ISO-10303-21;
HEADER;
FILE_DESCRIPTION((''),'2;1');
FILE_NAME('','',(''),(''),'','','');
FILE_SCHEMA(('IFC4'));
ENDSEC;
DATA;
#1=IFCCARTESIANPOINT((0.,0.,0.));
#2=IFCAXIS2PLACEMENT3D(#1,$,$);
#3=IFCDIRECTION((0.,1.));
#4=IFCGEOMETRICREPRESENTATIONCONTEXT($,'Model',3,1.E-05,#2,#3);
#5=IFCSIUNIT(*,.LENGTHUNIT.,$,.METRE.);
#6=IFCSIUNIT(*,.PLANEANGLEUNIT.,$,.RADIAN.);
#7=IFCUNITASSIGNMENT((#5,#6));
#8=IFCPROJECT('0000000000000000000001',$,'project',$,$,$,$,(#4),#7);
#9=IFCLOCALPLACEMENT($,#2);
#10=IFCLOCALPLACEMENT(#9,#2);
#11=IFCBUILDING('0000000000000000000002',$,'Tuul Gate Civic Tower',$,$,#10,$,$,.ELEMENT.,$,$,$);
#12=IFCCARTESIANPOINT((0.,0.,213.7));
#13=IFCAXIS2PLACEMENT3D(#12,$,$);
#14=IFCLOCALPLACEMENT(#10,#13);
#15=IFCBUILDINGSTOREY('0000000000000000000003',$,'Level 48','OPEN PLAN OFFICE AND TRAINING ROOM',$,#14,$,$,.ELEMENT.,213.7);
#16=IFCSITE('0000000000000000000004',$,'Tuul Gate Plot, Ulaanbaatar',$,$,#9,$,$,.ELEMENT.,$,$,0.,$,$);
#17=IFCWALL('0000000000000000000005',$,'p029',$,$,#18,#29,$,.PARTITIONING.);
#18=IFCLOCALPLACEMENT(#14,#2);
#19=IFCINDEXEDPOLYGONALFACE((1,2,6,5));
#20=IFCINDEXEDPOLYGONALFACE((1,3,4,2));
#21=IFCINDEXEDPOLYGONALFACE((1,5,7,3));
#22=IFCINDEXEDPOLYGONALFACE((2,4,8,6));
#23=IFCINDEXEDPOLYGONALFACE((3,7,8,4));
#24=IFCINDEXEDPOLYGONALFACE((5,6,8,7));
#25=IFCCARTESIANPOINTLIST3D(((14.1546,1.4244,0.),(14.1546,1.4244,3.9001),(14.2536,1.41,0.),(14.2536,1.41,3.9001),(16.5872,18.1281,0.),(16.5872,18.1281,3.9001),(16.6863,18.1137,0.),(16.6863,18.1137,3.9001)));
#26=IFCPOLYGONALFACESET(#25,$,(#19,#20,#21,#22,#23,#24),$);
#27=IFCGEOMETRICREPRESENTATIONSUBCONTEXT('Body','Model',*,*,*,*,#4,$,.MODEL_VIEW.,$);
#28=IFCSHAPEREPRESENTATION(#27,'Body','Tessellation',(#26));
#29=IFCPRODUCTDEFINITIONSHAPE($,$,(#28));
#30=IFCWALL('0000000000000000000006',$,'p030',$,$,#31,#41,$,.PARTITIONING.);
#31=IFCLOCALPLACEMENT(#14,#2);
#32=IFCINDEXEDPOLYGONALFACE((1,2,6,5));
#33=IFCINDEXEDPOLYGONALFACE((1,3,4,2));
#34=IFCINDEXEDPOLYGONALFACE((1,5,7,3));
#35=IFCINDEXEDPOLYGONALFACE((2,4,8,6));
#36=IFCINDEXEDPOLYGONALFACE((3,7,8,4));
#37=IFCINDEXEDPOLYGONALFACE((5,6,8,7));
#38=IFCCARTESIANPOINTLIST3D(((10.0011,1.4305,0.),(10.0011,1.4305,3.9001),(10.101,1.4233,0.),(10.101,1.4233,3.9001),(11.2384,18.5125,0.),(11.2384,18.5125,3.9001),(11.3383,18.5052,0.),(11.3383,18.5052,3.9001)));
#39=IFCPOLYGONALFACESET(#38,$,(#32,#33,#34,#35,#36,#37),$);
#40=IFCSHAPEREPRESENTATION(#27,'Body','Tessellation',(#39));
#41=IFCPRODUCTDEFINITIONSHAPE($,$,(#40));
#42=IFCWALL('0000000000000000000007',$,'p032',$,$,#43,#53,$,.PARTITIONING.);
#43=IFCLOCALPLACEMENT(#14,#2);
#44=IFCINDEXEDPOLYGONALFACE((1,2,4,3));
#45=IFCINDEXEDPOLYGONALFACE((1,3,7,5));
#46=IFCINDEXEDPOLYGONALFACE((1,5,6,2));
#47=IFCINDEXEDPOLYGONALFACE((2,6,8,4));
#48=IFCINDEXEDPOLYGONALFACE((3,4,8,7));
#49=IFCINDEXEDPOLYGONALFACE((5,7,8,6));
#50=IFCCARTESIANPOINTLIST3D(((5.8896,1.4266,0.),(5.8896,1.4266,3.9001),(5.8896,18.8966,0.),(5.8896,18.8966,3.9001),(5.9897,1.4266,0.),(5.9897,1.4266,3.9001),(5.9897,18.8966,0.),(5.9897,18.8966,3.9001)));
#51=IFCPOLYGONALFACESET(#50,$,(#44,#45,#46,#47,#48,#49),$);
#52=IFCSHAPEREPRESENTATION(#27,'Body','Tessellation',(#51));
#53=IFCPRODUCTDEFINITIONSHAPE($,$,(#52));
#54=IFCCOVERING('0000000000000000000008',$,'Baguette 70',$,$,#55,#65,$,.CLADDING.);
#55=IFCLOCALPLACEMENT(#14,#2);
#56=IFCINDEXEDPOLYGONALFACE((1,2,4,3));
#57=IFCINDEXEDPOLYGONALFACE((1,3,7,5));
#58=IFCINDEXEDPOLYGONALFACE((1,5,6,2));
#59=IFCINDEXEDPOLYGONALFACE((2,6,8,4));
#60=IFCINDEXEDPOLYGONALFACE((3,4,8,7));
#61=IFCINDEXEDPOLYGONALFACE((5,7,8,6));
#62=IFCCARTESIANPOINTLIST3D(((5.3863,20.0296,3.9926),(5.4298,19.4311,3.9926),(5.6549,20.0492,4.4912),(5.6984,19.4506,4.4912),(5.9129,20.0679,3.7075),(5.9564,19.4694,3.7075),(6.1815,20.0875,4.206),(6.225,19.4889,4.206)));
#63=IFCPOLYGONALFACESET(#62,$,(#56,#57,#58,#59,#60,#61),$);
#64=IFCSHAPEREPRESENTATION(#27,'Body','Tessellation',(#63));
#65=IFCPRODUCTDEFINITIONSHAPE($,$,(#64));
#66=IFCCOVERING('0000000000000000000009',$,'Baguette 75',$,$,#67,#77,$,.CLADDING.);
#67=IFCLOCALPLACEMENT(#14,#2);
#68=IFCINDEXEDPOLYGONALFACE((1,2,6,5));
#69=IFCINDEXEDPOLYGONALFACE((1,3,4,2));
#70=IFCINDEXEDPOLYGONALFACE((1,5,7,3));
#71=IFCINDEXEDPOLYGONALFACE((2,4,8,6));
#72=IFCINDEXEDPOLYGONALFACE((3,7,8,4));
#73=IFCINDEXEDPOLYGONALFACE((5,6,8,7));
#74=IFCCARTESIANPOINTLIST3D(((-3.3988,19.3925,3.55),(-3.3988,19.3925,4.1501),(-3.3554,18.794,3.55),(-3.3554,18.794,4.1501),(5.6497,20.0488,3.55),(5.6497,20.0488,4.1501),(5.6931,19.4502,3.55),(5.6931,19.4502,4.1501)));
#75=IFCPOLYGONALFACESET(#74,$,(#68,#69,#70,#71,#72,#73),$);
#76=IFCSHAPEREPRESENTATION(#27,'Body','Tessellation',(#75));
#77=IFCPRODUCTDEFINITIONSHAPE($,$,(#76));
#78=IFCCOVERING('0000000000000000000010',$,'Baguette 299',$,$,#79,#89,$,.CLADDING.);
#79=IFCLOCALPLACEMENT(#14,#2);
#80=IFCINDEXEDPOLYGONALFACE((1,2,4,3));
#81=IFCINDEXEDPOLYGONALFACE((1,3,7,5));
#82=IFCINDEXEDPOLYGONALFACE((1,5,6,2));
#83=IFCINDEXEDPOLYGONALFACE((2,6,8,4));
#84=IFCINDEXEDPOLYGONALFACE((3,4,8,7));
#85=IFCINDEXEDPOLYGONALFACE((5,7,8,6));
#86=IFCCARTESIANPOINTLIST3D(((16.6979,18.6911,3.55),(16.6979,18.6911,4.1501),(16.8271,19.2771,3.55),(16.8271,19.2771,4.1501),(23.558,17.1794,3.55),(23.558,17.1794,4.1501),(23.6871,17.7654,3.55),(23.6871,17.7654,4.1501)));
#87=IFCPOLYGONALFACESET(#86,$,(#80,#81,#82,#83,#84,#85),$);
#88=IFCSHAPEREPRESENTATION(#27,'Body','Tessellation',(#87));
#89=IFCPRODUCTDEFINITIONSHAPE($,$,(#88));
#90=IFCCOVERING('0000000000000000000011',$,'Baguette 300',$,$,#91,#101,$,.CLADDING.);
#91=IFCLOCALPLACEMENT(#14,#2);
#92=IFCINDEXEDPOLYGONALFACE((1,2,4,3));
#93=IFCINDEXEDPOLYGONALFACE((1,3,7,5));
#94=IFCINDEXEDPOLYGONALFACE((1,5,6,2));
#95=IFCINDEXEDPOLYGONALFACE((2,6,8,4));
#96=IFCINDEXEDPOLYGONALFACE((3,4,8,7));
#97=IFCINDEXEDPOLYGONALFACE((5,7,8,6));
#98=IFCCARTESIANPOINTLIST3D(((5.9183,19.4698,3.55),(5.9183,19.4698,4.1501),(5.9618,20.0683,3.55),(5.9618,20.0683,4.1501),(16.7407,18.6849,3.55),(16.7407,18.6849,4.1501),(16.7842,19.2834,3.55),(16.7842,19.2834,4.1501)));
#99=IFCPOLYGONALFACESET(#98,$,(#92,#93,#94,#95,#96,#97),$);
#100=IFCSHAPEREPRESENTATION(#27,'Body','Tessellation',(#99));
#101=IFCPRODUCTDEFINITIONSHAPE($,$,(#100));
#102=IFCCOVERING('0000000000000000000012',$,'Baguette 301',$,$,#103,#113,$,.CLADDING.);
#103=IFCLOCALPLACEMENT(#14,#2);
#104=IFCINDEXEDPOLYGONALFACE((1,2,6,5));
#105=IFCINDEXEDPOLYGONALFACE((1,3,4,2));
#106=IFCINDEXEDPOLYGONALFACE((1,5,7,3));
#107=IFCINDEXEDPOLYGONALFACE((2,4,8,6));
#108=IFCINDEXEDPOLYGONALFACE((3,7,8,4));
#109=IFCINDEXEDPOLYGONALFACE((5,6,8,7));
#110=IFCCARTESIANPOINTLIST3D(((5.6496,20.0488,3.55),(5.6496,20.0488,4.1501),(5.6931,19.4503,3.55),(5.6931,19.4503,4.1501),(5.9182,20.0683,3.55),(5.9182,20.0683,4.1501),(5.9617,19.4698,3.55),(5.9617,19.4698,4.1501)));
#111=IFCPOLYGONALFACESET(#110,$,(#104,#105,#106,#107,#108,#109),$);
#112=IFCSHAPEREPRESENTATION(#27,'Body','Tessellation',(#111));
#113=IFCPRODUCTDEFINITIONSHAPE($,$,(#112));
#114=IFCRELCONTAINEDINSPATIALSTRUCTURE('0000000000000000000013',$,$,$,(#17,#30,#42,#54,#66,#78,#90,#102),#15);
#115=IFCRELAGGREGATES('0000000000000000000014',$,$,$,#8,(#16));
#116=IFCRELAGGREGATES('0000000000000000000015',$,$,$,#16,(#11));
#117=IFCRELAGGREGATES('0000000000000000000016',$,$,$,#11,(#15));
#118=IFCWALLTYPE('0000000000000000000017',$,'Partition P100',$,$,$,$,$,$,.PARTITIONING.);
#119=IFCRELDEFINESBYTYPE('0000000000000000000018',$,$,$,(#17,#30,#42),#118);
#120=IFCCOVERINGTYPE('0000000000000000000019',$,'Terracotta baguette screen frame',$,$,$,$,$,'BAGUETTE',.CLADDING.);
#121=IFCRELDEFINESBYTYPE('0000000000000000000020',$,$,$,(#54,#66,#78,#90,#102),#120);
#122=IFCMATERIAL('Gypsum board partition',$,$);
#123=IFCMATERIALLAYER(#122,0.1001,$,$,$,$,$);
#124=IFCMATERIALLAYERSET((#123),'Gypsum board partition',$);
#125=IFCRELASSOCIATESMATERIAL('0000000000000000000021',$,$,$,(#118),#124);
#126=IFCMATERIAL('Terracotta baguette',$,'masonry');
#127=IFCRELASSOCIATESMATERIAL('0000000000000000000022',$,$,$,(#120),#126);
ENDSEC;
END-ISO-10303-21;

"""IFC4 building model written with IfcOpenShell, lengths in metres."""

from ifc_helpers import new_model, si_unit, direction, frame, frame_2d, origin, origin_2d, place, context, subcontext, project, spatial, rectangle, extrude, material, layer, layer_set, material_profile, profile_set, type_object, element, save


model = new_model("IFC4")

# Units and contexts
model_context = context("Model", 3, precision=1e-05, world=origin(), true_north=direction((0.0, 1.0)))
body_context = subcontext(model_context, "Body", "Model", "MODEL_VIEW")
ifc_project = project(units=[si_unit("LENGTHUNIT", "METRE"), si_unit("PLANEANGLEUNIT", "RADIAN")], contexts=[model_context])

# Site, building, storey
site_placement = place(None, origin())
site = spatial("IfcSite", under=ifc_project, at=site_placement, Name="Tuul Gate Plot, Ulaanbaatar", CompositionType="ELEMENT", RefElevation=0.0)
building_placement = place(site_placement, origin())
building = spatial("IfcBuilding", under=site, at=building_placement, Name="Tuul Gate Civic Tower", CompositionType="ELEMENT")
storey_placement = place(building_placement, frame((0.0, 0.0, 213.7)))
storey = spatial("IfcBuildingStorey", under=building, at=storey_placement, Name="Level 48", Description="OPEN PLAN OFFICE AND TRAINING ROOM", CompositionType="ELEMENT", Elevation=213.7)

# Walls
ifc_material_1 = material(Name="Gypsum board partition")
ifc_layer_1 = layer(ifc_material_1, 0.1001)
ifc_layer_set_1 = layer_set([ifc_layer_1], Name="Gypsum board partition")
wall_type_1 = type_object("IfcWallType", Name="Partition P100", PredefinedType="PARTITIONING", material=ifc_layer_set_1)
wall_1_placement = place(storey_placement, frame((14.2041, 1.4172, 0.0), z_axis=(0.0, 0.0, 1.0), x_axis=(0.144114, 0.989561, 0.0)))
element("IfcWall", 1, at=wall_1_placement, inside=storey, type_object=wall_type_1, Name="p029", PredefinedType="PARTITIONING", context=body_context, shape_type="SweptSolid", body=[
    extrude(rectangle(XDim=16.8799, YDim=0.1001, at=frame_2d((8.4399, 0.0))), origin(), (0.0, 0.0, 1.0), 3.9001),
])
wall_2_placement = place(storey_placement, frame((10.051, 1.4268, 0.0), z_axis=(0.0, 0.0, 1.0), x_axis=(0.072244, 0.997387, 0.0)))
element("IfcWall", 2, at=wall_2_placement, inside=storey, type_object=wall_type_1, Name="p030", PredefinedType="PARTITIONING", context=body_context, shape_type="SweptSolid", body=[
    extrude(rectangle(XDim=17.1267, YDim=0.1001, at=frame_2d((8.5635, 0.0))), origin(), (0.0, 0.0, 1.0), 3.9001),
])
wall_3_placement = place(storey_placement, frame((5.9397, 1.4268, 0.0), z_axis=(0.0, 0.0, 1.0), x_axis=(0.0, 1.0, 0.0)))
element("IfcWall", 3, at=wall_3_placement, inside=storey, type_object=wall_type_1, Name="p032", PredefinedType="PARTITIONING", context=body_context, shape_type="SweptSolid", body=[
    extrude(rectangle(XDim=17.47, YDim=0.1001, at=frame_2d((8.7349, 0.0))), origin(), (0.0, 0.0, 1.0), 3.9001),
])

# Coverings
ifc_material_2 = material(Name="Terracotta baguette", Category="masonry")
ifc_material_profile_1 = material_profile(ifc_material_2, rectangle(XDim=0.6001, YDim=0.6001, at=origin_2d()), Name="Terracotta baguette screen frame")
ifc_profile_set_1 = profile_set([ifc_material_profile_1], Name="Terracotta baguette")
covering_type = type_object("IfcCoveringType", Name="Terracotta baguette screen frame", ElementType="BAGUETTE", PredefinedType="CLADDING", material=ifc_profile_set_1)
covering_1_placement = place(storey_placement, frame((5.9399, 19.769, 4.3486), z_axis=(-0.473972, -0.034471, -0.879865), x_axis=(0.072536, -0.997366, 0.0)))
element("IfcCovering", 4, at=covering_1_placement, inside=storey, type_object=covering_type, Name="Baguette 70", PredefinedType="CLADDING", context=body_context, shape_type="SweptSolid", body=[
    extrude(rectangle(XDim=0.6001, YDim=0.6001, at=origin_2d()), origin(), (0.0, 0.0, 1.0), 0.5667),
])
covering_2_placement = place(storey_placement, frame((5.6714, 19.7495, 3.8501), z_axis=(-0.99738, -0.072335, 0.0), x_axis=(0.072335, -0.99738, 0.0)))
element("IfcCovering", 5, at=covering_2_placement, inside=storey, type_object=covering_type, Name="Baguette 75", PredefinedType="CLADDING", context=body_context, shape_type="SweptSolid", body=[
    extrude(rectangle(XDim=0.6001, YDim=0.6001, at=origin_2d()), origin(), (0.0, 0.0, 1.0), 9.0723),
])
covering_3_placement = place(storey_placement, frame((23.6226, 17.4724, 3.8501), z_axis=(-0.97657, 0.215201, 0.0), x_axis=(-0.215201, -0.97657, 0.0)))
element("IfcCovering", 6, at=covering_3_placement, inside=storey, type_object=covering_type, Name="Baguette 299", PredefinedType="CLADDING", context=body_context, shape_type="SweptSolid", body=[
    extrude(rectangle(XDim=0.6001, YDim=0.6001, at=origin_2d()), origin(), (0.0, 0.0, 1.0), 7.0247),
])
covering_4_placement = place(storey_placement, frame((16.7625, 18.9841, 3.8501), z_axis=(-0.99738, 0.072336, 0.0), x_axis=(-0.072336, -0.99738, 0.0)))
element("IfcCovering", 7, at=covering_4_placement, inside=storey, type_object=covering_type, Name="Baguette 300", PredefinedType="CLADDING", context=body_context, shape_type="SweptSolid", body=[
    extrude(rectangle(XDim=0.6001, YDim=0.6001, at=origin_2d()), origin(), (0.0, 0.0, 1.0), 10.8508),
])
covering_5_placement = place(storey_placement, frame((5.9399, 19.769, 3.8501), z_axis=(-0.997366, -0.072536, 0.0), x_axis=(0.072536, -0.997366, 0.0)))
element("IfcCovering", 8, at=covering_5_placement, inside=storey, type_object=covering_type, Name="Baguette 301", PredefinedType="CLADDING", context=body_context, shape_type="SweptSolid", body=[
    extrude(rectangle(XDim=0.6001, YDim=0.6001, at=origin_2d()), origin(), (0.0, 0.0, 1.0), 0.2693),
])

save(model, "model.ifc")
